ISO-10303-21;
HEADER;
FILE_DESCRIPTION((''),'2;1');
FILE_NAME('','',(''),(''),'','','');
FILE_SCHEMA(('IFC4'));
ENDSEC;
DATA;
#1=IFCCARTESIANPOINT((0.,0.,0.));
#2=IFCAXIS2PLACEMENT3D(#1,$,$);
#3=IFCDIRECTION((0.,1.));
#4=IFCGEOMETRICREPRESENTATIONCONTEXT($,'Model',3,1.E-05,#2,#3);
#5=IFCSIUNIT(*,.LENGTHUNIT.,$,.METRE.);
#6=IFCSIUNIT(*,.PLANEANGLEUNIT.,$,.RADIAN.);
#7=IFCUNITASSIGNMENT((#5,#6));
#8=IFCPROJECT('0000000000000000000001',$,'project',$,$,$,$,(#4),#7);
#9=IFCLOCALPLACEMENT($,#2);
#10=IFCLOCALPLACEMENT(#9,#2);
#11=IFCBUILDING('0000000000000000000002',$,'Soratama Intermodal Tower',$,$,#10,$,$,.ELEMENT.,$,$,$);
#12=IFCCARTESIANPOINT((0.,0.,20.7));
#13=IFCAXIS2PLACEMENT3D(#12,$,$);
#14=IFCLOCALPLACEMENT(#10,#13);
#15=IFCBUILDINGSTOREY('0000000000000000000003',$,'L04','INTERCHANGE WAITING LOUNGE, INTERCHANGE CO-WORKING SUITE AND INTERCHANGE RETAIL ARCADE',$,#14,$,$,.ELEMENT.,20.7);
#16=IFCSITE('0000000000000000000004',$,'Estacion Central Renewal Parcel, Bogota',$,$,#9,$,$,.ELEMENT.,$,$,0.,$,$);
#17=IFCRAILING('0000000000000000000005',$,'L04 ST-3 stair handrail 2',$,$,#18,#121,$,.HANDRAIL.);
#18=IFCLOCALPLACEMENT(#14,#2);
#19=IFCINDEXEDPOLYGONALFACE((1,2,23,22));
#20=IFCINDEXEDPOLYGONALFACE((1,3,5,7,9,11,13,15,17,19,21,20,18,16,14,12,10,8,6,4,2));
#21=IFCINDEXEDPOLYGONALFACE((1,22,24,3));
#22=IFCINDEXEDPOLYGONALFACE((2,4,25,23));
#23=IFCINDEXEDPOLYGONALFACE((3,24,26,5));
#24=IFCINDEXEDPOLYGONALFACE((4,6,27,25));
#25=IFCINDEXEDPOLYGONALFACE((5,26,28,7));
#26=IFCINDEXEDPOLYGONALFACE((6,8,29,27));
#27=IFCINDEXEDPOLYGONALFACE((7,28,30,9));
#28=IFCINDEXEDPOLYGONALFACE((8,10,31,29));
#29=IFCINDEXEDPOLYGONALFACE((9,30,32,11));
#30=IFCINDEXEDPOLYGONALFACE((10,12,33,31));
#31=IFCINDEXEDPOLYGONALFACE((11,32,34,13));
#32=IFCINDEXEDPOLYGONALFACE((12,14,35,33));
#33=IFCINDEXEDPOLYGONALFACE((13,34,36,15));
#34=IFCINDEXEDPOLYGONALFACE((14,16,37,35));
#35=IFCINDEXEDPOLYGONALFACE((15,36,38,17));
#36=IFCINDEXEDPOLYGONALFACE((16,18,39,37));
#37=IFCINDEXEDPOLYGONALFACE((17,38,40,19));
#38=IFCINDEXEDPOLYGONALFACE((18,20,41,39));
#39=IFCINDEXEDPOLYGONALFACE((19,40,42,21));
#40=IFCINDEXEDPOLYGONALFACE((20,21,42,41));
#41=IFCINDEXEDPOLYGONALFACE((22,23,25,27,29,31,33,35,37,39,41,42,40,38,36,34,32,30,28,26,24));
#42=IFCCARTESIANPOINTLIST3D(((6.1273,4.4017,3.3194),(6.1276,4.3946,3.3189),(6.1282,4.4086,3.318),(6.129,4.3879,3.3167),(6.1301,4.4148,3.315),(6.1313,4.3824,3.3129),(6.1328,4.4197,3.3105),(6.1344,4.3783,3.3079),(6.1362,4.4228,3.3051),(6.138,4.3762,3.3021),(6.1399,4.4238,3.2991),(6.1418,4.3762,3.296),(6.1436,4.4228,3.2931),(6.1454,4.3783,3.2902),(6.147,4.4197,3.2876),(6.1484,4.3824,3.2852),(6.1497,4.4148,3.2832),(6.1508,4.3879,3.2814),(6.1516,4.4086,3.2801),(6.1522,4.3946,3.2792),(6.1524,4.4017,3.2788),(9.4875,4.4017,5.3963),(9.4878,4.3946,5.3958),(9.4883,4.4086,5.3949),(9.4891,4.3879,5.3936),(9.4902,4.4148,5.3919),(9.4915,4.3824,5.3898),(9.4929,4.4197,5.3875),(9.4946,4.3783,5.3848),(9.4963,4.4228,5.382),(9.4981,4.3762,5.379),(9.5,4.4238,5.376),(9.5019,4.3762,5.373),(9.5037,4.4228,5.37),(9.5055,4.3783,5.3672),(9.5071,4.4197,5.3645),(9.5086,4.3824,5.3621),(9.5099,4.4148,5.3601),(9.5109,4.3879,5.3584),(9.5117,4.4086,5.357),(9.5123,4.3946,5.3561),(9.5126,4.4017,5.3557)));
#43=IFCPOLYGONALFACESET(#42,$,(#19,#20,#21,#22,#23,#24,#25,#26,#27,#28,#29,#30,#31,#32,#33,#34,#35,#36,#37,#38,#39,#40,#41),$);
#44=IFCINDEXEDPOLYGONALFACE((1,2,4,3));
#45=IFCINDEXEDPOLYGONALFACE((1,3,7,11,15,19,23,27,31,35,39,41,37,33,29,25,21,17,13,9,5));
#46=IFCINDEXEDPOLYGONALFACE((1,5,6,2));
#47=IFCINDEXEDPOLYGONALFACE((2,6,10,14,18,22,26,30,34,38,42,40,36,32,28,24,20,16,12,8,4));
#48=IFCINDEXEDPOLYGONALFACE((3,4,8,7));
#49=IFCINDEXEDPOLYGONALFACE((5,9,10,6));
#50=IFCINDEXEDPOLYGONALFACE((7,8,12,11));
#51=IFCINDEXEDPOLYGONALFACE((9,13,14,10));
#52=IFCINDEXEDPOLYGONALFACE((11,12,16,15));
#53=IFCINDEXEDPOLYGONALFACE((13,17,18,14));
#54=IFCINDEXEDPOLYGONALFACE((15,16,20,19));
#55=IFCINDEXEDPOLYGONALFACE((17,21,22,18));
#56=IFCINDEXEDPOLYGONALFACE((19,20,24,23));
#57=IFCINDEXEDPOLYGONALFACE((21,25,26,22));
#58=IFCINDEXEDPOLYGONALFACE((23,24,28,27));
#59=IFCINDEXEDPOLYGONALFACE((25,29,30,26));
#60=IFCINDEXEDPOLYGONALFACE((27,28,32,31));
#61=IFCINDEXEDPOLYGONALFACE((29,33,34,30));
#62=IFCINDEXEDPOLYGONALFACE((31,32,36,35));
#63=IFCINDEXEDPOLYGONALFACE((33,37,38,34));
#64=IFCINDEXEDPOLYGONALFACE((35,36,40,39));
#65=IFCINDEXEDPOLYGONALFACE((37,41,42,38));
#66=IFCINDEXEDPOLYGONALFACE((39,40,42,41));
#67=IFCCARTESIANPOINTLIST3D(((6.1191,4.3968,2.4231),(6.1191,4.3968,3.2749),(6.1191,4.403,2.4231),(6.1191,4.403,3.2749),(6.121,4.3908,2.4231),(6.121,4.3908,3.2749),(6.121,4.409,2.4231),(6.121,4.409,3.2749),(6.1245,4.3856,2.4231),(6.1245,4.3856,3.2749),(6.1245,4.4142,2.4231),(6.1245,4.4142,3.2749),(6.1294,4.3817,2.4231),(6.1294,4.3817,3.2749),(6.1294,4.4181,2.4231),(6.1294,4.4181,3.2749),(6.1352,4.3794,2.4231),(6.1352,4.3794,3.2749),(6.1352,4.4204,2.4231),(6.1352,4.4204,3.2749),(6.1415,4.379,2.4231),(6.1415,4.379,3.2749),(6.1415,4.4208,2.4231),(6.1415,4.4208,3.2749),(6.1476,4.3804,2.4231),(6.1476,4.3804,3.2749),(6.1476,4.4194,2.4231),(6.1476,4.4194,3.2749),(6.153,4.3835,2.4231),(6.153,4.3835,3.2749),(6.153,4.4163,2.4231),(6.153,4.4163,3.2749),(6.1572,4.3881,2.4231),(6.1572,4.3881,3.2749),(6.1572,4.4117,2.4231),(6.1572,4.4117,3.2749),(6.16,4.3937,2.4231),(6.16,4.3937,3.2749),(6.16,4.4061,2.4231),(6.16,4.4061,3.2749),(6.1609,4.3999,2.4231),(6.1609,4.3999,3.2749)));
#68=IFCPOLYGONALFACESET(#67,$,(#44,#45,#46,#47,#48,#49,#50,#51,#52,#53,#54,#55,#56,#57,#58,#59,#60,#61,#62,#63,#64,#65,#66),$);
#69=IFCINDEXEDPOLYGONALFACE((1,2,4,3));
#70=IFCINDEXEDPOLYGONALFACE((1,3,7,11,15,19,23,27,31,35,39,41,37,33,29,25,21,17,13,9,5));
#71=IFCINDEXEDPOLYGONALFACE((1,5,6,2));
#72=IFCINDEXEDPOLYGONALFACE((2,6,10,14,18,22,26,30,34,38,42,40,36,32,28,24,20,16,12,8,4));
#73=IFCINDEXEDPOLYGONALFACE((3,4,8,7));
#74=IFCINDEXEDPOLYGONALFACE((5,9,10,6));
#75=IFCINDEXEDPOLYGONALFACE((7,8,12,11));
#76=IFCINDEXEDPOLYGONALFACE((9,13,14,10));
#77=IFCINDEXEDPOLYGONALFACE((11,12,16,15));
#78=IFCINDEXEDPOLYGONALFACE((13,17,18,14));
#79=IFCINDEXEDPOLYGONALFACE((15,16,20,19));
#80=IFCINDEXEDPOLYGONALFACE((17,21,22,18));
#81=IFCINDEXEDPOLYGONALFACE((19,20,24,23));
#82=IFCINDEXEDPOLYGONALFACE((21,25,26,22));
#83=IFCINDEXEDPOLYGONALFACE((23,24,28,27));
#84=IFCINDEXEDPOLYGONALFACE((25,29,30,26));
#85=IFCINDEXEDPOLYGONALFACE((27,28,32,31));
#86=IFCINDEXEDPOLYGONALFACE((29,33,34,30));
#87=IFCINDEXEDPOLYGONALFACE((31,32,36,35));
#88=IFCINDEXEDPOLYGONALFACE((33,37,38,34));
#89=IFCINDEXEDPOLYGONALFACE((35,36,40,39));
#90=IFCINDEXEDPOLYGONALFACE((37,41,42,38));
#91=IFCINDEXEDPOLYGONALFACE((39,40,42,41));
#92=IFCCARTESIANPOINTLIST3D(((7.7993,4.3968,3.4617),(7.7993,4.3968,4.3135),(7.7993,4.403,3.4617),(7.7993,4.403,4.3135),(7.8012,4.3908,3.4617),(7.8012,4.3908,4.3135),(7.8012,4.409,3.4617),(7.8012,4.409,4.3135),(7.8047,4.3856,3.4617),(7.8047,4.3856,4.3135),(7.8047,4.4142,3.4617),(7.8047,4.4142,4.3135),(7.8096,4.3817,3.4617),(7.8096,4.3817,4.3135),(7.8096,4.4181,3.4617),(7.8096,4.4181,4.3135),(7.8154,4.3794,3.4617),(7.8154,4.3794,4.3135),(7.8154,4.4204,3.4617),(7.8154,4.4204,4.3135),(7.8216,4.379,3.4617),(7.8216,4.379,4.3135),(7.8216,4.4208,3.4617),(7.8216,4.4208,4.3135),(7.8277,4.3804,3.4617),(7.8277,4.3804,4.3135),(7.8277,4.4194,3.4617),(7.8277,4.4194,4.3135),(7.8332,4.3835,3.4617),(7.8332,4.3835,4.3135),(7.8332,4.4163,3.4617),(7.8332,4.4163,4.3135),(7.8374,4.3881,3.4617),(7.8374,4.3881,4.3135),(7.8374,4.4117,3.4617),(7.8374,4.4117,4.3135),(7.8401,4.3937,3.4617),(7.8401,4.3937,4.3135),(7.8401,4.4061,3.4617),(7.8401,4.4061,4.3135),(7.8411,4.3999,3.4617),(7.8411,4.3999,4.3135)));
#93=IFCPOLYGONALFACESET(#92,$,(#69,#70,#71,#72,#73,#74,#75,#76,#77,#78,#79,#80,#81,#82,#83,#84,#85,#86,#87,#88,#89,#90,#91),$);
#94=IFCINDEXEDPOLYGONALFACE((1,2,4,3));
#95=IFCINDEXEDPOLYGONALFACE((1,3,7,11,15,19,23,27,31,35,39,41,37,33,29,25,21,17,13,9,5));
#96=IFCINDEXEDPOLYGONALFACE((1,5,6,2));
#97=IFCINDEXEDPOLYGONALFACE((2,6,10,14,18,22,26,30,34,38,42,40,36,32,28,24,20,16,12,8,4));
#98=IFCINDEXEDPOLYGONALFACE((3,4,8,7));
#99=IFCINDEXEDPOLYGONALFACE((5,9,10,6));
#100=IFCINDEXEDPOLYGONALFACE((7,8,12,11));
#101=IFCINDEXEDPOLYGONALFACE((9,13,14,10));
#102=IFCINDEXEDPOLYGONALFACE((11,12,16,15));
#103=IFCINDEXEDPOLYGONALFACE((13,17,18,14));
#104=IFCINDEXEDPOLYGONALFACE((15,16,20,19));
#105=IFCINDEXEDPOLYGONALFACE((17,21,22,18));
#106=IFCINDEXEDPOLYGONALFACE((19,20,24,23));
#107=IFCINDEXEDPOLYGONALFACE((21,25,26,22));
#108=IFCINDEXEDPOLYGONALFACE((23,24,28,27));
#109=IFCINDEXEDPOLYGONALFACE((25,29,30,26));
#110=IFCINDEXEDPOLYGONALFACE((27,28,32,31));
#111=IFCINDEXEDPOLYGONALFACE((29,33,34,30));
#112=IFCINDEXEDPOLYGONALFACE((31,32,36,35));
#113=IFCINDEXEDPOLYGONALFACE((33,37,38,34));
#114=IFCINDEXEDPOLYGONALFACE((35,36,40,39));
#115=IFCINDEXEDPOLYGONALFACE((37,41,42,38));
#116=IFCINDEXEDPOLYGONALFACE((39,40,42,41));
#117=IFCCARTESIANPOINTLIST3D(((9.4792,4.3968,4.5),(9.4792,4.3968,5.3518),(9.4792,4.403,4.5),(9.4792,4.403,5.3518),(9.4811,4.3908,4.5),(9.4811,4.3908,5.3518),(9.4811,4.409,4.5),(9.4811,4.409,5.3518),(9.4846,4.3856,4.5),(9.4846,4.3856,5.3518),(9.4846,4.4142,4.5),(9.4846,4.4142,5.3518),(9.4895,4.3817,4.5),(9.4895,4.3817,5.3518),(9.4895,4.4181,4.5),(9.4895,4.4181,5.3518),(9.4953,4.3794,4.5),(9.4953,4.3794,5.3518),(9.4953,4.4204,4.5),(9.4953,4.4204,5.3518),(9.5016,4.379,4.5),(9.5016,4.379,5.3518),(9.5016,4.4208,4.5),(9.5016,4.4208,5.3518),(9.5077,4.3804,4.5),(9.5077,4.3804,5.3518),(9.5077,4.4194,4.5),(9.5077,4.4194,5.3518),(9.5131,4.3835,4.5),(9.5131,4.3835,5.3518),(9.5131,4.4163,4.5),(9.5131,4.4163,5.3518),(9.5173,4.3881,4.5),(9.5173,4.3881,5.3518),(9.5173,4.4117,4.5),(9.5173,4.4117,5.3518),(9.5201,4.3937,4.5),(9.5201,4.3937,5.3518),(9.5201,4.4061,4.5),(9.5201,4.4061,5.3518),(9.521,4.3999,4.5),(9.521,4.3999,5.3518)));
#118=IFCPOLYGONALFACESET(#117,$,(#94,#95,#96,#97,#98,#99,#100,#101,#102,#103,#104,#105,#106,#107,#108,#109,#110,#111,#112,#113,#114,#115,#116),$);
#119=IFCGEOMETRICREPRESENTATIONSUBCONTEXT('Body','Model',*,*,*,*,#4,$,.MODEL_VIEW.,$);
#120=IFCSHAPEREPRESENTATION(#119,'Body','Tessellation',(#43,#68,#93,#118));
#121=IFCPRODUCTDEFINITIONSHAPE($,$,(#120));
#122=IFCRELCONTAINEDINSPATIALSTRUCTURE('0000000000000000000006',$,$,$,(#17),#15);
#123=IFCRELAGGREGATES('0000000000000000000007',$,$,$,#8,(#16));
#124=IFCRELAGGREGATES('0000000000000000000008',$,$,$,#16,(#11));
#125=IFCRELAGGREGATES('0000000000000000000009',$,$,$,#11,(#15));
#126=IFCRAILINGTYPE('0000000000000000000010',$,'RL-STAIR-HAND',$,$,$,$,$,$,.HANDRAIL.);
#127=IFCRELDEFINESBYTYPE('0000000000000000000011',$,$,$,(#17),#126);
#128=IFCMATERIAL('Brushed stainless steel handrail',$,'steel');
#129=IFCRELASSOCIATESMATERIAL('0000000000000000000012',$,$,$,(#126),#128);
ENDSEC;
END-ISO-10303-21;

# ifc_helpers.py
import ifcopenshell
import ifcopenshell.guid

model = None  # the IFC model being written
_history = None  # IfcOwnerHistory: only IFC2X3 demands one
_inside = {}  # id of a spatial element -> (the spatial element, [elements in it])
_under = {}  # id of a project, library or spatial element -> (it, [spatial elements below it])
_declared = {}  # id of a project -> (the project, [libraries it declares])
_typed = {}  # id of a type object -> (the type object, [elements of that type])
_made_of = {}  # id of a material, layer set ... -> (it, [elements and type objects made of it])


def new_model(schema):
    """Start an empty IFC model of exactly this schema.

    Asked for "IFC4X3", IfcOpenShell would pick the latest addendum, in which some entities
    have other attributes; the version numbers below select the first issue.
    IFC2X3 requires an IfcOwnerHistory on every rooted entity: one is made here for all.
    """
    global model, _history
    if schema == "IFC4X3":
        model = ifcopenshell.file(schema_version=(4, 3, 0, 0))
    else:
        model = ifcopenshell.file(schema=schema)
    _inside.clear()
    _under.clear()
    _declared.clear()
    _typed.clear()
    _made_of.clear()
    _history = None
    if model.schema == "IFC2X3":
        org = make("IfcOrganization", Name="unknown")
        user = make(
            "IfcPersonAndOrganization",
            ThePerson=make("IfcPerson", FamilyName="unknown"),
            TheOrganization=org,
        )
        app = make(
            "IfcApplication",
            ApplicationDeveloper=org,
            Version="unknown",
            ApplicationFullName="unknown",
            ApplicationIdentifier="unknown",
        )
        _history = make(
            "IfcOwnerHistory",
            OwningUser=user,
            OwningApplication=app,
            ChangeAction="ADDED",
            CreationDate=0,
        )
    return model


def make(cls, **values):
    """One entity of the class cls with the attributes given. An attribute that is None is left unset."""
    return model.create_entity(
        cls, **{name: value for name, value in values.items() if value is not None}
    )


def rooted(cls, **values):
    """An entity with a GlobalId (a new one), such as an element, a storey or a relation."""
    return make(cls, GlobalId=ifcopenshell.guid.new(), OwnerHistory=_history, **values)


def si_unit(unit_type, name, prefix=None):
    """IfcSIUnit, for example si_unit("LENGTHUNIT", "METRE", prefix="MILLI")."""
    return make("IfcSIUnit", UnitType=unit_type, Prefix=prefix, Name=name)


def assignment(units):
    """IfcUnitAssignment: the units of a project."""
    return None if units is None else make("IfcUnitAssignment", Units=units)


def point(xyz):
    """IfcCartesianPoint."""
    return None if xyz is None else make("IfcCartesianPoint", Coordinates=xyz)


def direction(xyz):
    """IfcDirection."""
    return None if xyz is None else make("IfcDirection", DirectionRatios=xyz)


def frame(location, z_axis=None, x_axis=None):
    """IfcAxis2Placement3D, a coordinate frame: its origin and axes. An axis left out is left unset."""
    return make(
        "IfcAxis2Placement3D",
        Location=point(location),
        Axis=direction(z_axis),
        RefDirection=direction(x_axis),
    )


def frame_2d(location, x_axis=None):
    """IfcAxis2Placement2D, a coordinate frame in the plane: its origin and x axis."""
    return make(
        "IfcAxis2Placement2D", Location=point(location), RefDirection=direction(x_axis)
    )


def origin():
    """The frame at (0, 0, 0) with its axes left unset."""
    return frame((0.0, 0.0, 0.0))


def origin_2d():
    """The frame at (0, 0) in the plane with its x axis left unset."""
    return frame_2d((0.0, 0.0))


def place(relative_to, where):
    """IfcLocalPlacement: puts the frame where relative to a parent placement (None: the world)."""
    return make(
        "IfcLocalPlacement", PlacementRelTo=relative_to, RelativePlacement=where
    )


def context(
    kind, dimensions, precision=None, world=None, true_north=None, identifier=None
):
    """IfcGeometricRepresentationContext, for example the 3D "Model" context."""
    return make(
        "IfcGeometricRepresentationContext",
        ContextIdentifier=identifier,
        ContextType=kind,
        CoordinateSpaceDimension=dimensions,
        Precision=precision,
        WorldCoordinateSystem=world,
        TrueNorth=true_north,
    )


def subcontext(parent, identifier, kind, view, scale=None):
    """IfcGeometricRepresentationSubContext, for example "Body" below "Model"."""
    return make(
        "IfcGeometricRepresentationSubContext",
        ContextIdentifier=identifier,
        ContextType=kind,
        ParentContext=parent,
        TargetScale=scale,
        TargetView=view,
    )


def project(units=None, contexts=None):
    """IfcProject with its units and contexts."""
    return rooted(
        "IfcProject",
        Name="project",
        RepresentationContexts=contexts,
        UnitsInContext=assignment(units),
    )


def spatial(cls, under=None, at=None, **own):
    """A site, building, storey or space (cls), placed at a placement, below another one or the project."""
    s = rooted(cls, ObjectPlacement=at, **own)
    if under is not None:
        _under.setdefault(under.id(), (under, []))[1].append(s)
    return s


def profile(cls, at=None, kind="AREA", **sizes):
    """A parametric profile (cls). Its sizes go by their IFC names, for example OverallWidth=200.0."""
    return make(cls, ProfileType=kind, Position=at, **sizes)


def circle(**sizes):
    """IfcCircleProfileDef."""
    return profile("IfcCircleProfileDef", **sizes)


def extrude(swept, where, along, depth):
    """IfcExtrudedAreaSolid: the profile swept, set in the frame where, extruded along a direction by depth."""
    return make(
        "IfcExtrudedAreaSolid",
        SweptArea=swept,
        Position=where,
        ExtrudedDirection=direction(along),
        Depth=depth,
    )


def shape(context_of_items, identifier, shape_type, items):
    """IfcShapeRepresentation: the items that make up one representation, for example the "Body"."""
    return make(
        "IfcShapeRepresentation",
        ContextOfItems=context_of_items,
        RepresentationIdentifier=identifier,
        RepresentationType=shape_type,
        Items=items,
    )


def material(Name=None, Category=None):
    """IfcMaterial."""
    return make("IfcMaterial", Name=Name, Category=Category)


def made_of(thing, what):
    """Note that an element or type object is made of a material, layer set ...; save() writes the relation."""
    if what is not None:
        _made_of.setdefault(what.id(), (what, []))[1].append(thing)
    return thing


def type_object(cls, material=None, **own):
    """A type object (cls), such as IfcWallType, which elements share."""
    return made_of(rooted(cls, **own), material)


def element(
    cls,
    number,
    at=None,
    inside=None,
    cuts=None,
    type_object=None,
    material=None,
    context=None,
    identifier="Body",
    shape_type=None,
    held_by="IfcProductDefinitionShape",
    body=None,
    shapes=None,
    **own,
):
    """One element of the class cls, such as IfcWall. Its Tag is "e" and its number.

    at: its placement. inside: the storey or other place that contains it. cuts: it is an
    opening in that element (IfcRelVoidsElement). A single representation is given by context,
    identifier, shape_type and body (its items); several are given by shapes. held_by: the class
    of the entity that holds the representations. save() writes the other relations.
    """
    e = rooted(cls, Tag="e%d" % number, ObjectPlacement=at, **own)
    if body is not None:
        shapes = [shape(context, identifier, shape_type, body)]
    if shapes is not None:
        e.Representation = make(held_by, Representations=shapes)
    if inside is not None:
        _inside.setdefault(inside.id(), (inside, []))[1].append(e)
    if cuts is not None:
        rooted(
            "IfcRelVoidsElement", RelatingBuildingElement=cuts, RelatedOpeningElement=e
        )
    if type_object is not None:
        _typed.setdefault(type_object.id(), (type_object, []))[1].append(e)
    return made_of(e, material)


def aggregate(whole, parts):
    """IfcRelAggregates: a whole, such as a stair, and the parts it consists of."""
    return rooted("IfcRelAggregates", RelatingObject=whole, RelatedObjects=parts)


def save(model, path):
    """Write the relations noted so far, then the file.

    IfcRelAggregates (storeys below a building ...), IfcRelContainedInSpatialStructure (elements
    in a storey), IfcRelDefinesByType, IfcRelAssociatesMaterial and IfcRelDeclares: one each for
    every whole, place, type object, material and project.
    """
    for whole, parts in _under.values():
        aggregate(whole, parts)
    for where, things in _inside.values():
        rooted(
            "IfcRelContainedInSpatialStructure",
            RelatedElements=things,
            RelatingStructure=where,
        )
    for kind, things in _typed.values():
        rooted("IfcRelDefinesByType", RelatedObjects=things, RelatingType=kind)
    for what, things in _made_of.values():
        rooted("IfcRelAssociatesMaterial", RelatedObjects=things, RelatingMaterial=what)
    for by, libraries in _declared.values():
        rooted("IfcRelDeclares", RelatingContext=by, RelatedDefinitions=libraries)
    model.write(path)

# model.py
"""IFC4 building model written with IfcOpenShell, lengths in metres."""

from ifc_helpers import new_model, si_unit, direction, frame, origin, origin_2d, place, context, subcontext, project, spatial, circle, extrude, material, type_object, element, save


model = new_model("IFC4")

# Units and contexts
model_context = context("Model", 3, precision=1e-05, world=origin(), true_north=direction((0.0, 1.0)))
body_context = subcontext(model_context, "Body", "Model", "MODEL_VIEW")
ifc_project = project(units=[si_unit("LENGTHUNIT", "METRE"), si_unit("PLANEANGLEUNIT", "RADIAN")], contexts=[model_context])

# Site, building, storey
site_placement = place(None, origin())
site = spatial("IfcSite", under=ifc_project, at=site_placement, Name="Estacion Central Renewal Parcel, Bogota", CompositionType="ELEMENT", RefElevation=0.0)
building_placement = place(site_placement, origin())
building = spatial("IfcBuilding", under=site, at=building_placement, Name="Soratama Intermodal Tower", CompositionType="ELEMENT")
storey_placement = place(building_placement, frame((0.0, 0.0, 20.7)))
storey = spatial("IfcBuildingStorey", under=building, at=storey_placement, Name="L04", Description="INTERCHANGE WAITING LOUNGE, INTERCHANGE CO-WORKING SUITE AND INTERCHANGE RETAIL ARCADE", CompositionType="ELEMENT", Elevation=20.7)

# Railing
ifc_material_1 = material(Name="Brushed stainless steel handrail", Category="steel")
railing_type_1 = type_object("IfcRailingType", Name="RL-STAIR-HAND", PredefinedType="HANDRAIL", material=ifc_material_1)
railing_1_placement = place(storey_placement, frame((6.1399, 4.3999, 2.4231)))
element("IfcRailing", 1, at=railing_1_placement, inside=storey, type_object=railing_type_1, Name="L04 ST-3 stair handrail 2", PredefinedType="HANDRAIL", context=body_context, shape_type="SweptSolid", body=[
    extrude(circle(Radius=0.0239, at=origin_2d()), frame((0.0, 0.0, 0.876), z_axis=(0.850623, 0.0, 0.525776), x_axis=(0.0, 1.0, 0.0)), (0.0, 0.0, 1.0), 3.9502),
    extrude(circle(Radius=0.021, at=origin_2d()), origin(), (0.0, 0.0, 1.0), 0.8518),
    extrude(circle(Radius=0.021, at=origin_2d()), frame((1.6802, 0.0, 1.0386)), (0.0, 0.0, 1.0), 0.8518),
    extrude(circle(Radius=0.021, at=origin_2d()), frame((3.3601, 0.0, 2.0769)), (0.0, 0.0, 1.0), 0.8518),
])

save(model, "model.ifc")
